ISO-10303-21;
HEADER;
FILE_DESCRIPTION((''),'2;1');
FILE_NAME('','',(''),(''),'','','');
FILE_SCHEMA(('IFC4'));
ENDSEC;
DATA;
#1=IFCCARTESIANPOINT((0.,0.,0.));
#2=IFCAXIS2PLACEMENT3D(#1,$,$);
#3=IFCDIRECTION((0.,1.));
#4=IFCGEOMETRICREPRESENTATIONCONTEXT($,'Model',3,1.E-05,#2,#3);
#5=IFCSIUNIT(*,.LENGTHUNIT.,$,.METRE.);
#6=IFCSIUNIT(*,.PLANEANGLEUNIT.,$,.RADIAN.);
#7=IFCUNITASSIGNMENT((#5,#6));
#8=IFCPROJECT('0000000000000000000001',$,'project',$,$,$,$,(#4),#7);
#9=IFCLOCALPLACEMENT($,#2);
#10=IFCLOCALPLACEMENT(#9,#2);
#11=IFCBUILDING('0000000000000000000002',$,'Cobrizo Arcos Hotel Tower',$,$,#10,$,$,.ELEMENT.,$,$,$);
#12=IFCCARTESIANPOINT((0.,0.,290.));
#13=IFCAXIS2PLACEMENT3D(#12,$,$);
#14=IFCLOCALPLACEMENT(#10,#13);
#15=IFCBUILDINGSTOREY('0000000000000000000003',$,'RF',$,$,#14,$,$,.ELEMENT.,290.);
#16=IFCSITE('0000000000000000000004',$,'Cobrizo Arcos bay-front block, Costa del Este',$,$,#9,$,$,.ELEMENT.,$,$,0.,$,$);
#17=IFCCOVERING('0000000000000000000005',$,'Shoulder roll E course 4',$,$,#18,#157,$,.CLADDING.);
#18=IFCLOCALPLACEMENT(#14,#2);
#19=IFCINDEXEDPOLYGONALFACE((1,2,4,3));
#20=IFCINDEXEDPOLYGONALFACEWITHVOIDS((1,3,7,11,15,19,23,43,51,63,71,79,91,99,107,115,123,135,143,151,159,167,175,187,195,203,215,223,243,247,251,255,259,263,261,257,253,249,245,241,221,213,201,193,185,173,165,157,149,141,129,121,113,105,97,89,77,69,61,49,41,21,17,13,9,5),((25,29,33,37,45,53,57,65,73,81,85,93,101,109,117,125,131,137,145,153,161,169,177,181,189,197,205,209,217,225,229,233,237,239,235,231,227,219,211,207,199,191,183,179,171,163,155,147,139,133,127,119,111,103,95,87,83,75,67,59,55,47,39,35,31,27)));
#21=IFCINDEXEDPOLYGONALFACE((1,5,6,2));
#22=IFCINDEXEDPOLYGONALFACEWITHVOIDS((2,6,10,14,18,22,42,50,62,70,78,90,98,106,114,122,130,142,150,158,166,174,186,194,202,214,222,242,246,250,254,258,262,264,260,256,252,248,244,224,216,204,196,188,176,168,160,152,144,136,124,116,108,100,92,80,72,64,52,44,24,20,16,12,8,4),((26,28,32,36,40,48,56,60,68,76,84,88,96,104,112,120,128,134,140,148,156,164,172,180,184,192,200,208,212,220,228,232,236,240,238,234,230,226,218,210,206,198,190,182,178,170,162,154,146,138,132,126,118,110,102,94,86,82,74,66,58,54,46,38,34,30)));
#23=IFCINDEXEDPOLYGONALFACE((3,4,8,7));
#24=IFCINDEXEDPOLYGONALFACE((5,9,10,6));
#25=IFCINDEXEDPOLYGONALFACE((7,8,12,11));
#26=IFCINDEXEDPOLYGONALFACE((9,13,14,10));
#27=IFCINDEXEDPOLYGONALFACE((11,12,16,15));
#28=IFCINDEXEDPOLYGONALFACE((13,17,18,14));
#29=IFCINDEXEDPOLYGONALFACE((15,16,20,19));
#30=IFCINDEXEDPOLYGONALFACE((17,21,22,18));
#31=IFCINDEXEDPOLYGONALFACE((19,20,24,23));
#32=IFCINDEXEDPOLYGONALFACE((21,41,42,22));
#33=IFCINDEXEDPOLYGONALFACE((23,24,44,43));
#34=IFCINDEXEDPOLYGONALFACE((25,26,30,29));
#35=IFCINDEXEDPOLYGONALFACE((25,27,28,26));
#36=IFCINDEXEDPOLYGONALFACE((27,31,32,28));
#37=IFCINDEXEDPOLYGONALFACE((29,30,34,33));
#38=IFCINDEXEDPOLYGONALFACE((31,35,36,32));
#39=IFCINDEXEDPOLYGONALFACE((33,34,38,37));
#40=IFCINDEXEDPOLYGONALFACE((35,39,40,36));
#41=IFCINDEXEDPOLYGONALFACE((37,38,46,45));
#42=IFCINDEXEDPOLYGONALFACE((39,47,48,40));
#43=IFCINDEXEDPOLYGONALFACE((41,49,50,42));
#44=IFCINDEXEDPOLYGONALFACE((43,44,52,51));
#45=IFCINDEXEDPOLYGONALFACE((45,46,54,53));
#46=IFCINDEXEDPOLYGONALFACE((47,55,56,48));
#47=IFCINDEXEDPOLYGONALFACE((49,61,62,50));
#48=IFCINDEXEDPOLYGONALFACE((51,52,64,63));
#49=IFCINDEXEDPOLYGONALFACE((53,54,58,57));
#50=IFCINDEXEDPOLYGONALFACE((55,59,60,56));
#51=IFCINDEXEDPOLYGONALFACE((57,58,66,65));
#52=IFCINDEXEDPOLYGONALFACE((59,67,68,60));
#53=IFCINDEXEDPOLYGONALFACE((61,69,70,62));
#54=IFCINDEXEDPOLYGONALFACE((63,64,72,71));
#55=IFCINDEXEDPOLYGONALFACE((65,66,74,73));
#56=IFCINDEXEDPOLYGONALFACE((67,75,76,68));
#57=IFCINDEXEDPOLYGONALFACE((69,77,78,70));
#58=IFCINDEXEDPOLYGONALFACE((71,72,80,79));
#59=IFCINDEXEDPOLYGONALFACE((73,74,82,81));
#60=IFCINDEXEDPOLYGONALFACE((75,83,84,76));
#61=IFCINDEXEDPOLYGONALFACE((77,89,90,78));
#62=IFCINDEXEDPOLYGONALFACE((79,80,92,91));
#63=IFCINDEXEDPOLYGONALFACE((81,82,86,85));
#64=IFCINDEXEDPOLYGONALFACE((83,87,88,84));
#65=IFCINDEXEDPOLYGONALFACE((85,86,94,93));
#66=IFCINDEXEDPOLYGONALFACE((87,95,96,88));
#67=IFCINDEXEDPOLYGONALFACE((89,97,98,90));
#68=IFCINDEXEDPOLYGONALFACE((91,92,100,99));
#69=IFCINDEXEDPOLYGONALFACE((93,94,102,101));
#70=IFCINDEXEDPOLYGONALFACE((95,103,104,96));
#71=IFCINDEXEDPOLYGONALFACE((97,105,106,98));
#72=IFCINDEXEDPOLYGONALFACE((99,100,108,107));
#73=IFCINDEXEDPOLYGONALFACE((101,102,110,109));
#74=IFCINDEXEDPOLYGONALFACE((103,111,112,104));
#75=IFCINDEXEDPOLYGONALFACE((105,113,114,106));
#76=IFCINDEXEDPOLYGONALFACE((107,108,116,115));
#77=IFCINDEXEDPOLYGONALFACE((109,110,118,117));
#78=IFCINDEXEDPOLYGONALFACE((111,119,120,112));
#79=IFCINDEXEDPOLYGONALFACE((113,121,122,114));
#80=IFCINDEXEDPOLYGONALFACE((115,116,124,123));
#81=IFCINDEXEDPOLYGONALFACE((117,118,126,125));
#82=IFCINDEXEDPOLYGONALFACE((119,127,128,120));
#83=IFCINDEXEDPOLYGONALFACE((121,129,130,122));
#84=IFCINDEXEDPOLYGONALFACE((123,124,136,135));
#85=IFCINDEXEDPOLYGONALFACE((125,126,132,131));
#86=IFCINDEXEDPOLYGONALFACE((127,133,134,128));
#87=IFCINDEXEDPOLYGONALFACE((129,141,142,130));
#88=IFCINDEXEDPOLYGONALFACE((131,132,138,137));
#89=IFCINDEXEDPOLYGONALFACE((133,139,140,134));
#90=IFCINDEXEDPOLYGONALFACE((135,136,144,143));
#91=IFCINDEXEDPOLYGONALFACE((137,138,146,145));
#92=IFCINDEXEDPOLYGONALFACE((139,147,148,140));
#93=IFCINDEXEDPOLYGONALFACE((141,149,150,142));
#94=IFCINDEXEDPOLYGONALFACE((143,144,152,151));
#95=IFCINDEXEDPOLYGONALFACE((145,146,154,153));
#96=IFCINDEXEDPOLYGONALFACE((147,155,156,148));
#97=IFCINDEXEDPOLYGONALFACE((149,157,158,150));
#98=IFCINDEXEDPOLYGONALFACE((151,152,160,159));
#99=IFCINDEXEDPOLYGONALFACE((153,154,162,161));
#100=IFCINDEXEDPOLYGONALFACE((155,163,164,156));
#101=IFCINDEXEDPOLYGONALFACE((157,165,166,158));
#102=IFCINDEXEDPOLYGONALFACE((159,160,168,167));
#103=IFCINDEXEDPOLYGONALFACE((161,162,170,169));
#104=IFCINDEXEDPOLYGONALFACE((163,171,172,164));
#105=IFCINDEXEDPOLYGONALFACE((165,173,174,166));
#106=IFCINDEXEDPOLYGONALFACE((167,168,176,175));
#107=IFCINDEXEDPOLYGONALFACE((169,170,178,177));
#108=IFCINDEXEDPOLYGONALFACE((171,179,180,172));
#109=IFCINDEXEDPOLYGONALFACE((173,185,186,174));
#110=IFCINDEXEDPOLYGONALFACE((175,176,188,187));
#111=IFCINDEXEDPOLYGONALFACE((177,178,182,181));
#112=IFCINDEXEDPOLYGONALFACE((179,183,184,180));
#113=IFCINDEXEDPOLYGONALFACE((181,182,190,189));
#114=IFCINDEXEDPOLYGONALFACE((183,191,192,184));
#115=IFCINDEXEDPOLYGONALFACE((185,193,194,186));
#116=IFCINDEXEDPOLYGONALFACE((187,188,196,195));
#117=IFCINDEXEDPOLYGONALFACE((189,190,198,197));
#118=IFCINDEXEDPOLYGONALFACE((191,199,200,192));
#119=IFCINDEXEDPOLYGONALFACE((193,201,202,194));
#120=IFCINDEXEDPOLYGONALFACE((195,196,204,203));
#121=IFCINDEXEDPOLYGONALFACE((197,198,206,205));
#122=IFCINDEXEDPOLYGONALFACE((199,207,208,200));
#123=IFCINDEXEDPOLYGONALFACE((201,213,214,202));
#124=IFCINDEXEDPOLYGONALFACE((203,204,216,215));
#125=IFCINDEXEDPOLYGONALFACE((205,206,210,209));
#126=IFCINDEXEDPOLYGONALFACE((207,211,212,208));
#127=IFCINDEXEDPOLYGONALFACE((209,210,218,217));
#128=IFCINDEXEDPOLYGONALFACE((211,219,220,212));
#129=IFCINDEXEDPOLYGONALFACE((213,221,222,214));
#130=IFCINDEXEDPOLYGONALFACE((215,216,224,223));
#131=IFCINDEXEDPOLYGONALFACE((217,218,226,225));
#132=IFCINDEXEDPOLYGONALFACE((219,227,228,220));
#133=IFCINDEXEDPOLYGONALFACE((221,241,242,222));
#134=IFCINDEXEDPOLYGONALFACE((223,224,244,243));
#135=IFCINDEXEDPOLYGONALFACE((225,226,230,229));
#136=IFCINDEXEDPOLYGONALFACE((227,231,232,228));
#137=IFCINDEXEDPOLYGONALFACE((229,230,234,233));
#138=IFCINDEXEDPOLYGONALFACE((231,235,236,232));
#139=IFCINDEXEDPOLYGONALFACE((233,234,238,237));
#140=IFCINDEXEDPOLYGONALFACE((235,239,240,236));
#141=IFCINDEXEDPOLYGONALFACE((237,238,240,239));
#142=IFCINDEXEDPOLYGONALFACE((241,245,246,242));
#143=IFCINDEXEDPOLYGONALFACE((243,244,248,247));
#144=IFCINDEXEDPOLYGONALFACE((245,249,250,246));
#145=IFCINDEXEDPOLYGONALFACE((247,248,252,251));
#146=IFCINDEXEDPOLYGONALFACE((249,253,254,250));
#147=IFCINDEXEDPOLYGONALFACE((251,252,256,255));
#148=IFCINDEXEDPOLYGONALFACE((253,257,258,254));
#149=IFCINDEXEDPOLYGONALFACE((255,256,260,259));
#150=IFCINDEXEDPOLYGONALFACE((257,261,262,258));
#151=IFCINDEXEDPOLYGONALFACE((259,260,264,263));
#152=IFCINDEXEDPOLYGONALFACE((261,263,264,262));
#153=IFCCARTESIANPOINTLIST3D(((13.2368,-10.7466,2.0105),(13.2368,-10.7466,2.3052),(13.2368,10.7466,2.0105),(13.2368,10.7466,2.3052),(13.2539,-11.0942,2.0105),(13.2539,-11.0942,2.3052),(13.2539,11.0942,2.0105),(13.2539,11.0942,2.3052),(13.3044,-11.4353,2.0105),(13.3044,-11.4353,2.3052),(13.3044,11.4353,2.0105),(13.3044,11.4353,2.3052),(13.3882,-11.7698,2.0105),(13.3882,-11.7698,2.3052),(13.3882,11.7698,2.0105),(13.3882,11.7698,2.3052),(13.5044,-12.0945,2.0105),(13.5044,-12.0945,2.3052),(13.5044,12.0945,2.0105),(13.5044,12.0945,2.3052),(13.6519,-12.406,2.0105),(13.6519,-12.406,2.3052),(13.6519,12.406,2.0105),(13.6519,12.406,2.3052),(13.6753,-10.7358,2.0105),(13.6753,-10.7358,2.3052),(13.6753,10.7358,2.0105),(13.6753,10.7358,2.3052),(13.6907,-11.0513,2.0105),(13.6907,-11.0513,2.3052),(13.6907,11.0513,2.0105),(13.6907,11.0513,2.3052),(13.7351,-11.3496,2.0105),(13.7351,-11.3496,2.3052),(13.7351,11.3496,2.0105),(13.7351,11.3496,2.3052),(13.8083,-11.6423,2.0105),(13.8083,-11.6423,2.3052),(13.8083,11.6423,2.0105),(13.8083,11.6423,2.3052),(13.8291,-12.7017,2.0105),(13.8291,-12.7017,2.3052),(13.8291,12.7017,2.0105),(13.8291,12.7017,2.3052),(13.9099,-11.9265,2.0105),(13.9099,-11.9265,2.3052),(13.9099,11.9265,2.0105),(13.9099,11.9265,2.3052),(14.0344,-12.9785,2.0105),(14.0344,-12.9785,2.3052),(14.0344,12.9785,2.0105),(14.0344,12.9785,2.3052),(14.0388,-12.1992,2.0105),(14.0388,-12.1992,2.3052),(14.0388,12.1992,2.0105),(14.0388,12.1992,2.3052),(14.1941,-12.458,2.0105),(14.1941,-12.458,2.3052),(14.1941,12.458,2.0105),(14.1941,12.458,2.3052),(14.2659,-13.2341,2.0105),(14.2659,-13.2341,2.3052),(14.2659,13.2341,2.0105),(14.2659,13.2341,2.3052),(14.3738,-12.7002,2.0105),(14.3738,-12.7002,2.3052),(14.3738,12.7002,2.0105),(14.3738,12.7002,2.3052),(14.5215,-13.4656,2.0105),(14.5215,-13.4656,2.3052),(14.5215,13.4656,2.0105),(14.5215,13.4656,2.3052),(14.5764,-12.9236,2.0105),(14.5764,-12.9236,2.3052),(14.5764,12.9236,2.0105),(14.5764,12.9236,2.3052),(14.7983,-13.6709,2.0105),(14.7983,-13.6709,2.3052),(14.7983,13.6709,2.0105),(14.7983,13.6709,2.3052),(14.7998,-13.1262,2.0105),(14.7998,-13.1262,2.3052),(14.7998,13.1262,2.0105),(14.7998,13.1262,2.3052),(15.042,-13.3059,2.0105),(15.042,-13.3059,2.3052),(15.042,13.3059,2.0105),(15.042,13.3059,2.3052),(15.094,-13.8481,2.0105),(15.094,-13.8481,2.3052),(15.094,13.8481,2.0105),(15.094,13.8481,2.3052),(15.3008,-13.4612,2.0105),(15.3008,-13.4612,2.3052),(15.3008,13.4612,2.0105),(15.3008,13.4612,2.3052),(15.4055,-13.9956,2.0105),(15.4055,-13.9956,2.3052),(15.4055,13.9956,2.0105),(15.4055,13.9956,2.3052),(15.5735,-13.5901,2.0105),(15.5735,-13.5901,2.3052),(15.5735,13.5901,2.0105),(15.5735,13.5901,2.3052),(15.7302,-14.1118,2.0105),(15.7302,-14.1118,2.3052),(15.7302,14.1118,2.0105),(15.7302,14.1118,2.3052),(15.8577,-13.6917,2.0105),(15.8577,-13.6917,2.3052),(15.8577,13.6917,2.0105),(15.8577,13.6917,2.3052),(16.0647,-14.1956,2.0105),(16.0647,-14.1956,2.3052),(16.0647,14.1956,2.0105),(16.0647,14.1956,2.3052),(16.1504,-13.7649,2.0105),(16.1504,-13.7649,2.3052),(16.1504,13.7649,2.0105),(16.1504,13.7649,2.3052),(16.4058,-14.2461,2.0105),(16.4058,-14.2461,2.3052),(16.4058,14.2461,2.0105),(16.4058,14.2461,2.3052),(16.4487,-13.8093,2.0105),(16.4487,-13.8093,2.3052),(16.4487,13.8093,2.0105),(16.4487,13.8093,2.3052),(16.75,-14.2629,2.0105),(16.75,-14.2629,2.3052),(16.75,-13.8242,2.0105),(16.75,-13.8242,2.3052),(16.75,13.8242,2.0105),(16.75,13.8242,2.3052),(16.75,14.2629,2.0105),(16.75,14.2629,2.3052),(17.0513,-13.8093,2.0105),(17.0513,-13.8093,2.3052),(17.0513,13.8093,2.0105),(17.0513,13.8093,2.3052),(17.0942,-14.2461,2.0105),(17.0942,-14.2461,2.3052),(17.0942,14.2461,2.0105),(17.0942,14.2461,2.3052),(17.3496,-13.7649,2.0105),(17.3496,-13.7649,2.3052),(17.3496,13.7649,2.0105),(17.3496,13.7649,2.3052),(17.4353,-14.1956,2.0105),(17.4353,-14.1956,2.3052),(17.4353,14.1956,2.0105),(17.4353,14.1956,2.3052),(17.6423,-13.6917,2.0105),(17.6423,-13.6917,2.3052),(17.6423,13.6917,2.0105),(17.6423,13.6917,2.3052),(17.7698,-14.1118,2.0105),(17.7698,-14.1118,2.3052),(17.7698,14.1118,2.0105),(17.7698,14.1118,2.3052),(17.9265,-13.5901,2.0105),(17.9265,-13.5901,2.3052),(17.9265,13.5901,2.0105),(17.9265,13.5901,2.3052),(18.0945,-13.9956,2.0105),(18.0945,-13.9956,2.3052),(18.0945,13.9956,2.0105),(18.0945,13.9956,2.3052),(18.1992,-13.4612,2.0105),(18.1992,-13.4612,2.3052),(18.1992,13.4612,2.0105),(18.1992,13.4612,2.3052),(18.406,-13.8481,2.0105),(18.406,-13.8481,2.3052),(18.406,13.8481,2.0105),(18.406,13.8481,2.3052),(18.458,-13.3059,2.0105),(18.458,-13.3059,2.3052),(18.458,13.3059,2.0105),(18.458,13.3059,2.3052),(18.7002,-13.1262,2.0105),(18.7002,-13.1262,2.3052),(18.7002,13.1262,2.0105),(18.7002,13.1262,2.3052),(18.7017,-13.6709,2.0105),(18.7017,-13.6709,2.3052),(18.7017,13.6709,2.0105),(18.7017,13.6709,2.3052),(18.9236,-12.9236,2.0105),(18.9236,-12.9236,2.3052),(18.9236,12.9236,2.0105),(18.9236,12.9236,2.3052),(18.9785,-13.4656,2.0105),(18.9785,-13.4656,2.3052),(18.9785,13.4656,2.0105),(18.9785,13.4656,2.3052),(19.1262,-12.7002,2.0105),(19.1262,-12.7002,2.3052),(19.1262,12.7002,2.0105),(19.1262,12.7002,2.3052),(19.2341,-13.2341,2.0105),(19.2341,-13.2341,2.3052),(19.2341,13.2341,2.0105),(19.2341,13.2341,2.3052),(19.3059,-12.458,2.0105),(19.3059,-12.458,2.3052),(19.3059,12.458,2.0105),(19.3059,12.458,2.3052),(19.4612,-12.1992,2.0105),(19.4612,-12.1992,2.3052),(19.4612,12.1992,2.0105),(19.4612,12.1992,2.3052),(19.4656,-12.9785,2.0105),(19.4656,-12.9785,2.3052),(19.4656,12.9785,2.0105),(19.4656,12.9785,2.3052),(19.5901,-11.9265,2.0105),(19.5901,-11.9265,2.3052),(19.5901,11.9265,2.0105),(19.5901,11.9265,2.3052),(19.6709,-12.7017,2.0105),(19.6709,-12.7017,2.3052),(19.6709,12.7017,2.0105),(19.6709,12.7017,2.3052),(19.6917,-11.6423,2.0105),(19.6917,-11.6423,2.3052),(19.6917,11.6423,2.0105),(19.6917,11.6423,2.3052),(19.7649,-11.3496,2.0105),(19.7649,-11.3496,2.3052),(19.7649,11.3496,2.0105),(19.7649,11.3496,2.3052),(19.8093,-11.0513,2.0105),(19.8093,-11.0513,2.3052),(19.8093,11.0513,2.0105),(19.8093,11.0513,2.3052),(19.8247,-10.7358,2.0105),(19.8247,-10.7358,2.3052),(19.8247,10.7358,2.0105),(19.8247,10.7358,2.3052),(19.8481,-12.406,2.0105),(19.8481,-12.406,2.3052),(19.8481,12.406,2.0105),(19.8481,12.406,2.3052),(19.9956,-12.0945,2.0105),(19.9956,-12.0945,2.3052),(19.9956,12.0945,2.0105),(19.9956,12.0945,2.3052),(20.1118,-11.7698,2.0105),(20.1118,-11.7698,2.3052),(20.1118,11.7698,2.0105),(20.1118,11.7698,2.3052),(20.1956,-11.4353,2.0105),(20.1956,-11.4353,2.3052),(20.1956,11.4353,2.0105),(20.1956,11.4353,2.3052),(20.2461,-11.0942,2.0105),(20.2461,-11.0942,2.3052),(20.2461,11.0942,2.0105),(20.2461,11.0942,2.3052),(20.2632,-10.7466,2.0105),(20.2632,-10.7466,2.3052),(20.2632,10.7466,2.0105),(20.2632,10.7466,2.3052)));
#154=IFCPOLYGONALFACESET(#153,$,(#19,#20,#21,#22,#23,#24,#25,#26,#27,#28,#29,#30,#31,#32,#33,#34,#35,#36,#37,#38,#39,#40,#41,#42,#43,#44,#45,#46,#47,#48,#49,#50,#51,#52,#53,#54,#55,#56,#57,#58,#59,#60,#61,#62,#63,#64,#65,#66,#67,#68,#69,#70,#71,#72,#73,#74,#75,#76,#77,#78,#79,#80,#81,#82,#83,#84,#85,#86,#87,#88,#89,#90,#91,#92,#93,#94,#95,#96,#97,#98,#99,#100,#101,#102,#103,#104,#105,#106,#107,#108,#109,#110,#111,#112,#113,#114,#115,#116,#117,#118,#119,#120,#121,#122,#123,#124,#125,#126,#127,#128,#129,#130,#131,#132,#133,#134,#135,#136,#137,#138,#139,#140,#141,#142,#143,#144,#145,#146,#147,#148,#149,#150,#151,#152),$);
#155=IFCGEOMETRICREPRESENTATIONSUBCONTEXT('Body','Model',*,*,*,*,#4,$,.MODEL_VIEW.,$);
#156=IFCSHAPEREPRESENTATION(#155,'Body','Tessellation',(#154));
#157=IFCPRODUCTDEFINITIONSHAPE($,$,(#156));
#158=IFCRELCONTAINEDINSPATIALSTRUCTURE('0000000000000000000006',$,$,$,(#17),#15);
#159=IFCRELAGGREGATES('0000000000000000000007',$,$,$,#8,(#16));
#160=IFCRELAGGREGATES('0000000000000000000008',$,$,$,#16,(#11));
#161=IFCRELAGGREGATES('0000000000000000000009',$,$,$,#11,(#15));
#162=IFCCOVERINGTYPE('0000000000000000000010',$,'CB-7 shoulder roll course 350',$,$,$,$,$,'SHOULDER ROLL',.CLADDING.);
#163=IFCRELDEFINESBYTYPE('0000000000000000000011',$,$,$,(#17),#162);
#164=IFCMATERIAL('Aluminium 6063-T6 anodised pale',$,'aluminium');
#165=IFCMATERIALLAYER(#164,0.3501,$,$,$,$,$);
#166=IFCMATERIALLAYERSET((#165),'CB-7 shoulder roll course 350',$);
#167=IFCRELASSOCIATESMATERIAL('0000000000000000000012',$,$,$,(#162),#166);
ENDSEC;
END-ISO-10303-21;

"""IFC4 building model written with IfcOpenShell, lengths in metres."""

from ifc_helpers import new_model, si_unit, direction, frame, origin, place, context, subcontext, project, spatial, polyline, outline, extrude, material, layer, layer_set, type_object, element, save


model = new_model("IFC4")

# Units and contexts
model_context = context("Model", 3, precision=1e-05, world=origin(), true_north=direction((0.0, 1.0)))
body_context = subcontext(model_context, "Body", "Model", "MODEL_VIEW")
ifc_project = project(units=[si_unit("LENGTHUNIT", "METRE"), si_unit("PLANEANGLEUNIT", "RADIAN")], contexts=[model_context])

# Site, building, storey
site_placement = place(None, origin())
site = spatial("IfcSite", under=ifc_project, at=site_placement, Name="Cobrizo Arcos bay-front block, Costa del Este", CompositionType="ELEMENT", RefElevation=0.0)
building_placement = place(site_placement, origin())
building = spatial("IfcBuilding", under=site, at=building_placement, Name="Cobrizo Arcos Hotel Tower", CompositionType="ELEMENT")
storey_placement = place(building_placement, frame((0.0, 0.0, 290.0)))
storey = spatial("IfcBuildingStorey", under=building, at=storey_placement, Name="RF", CompositionType="ELEMENT", Elevation=290.0)

# Covering
ifc_material_1 = material(Name="Aluminium 6063-T6 anodised pale", Category="aluminium")
ifc_layer_1 = layer(ifc_material_1, 0.3501)
ifc_layer_set_1 = layer_set([ifc_layer_1], Name="CB-7 shoulder roll course 350")
covering_type_1 = type_object("IfcCoveringType", Name="CB-7 shoulder roll course 350", ElementType="SHOULDER ROLL", PredefinedType="CLADDING", material=ifc_layer_set_1)
covering_1_placement = place(storey_placement, frame((0.0, 0.0, 2.0105)))
element("IfcCovering", 1, at=covering_1_placement, inside=storey, type_object=covering_type_1, Name="Shoulder roll E course 4", PredefinedType="CLADDING", context=body_context, shape_type="SweptSolid", body=[
    extrude(outline(polyline([(13.2368, 10.7466), (13.2539, 11.0942), (13.3044, 11.4353), (13.3882, 11.7698), (13.5044, 12.0945), (13.6519, 12.406), (13.8291, 12.7017), (14.0344, 12.9785), (14.2659, 13.2341), (14.5215, 13.4656), (14.7983, 13.6709), (15.094, 13.8481), (15.4055, 13.9956), (15.7302, 14.1118), (16.0647, 14.1956), (16.4058, 14.2461), (16.75, 14.2629), (17.0942, 14.2461), (17.4353, 14.1956), (17.7698, 14.1118), (18.0945, 13.9956), (18.406, 13.8481), (18.7017, 13.6709), (18.9785, 13.4656), (19.2341, 13.2341), (19.4656, 12.9785), (19.6709, 12.7017), (19.8481, 12.406), (19.9956, 12.0945), (20.1118, 11.7698), (20.1956, 11.4353), (20.2461, 11.0942), (20.2632, 10.7466), (20.2632, -10.7466), (20.2461, -11.0942), (20.1956, -11.4353), (20.1118, -11.7698), (19.9956, -12.0945), (19.8481, -12.406), (19.6709, -12.7017), (19.4656, -12.9785), (19.2341, -13.2341), (18.9785, -13.4656), (18.7017, -13.6709), (18.406, -13.8481), (18.0945, -13.9956), (17.7698, -14.1118), (17.4353, -14.1956), (17.0942, -14.2461), (16.75, -14.2629), (16.4058, -14.2461), (16.0647, -14.1956), (15.7302, -14.1118), (15.4055, -13.9956), (15.094, -13.8481), (14.7983, -13.6709), (14.5215, -13.4656), (14.2659, -13.2341), (14.0344, -12.9785), (13.8291, -12.7017), (13.6519, -12.406), (13.5044, -12.0945), (13.3882, -11.7698), (13.3044, -11.4353), (13.2539, -11.0942), (13.2368, -10.7466), (13.2368, 10.7466)]), holes=[polyline([(13.6753, 10.7358), (13.6907, 11.0513), (13.7351, 11.3496), (13.8083, 11.6423), (13.9099, 11.9265), (14.0388, 12.1992), (14.1941, 12.458), (14.3738, 12.7002), (14.5764, 12.9236), (14.7998, 13.1262), (15.042, 13.3059), (15.3008, 13.4612), (15.5735, 13.5901), (15.8577, 13.6917), (16.1504, 13.7649), (16.4487, 13.8093), (16.75, 13.8242), (17.0513, 13.8093), (17.3496, 13.7649), (17.6423, 13.6917), (17.9265, 13.5901), (18.1992, 13.4612), (18.458, 13.3059), (18.7002, 13.1262), (18.9236, 12.9236), (19.1262, 12.7002), (19.3059, 12.458), (19.4612, 12.1992), (19.5901, 11.9265), (19.6917, 11.6423), (19.7649, 11.3496), (19.8093, 11.0513), (19.8247, 10.7358), (19.8247, -10.7358), (19.8093, -11.0513), (19.7649, -11.3496), (19.6917, -11.6423), (19.5901, -11.9265), (19.4612, -12.1992), (19.3059, -12.458), (19.1262, -12.7002), (18.9236, -12.9236), (18.7002, -13.1262), (18.458, -13.3059), (18.1992, -13.4612), (17.9265, -13.5901), (17.6423, -13.6917), (17.3496, -13.7649), (17.0513, -13.8093), (16.75, -13.8242), (16.4487, -13.8093), (16.1504, -13.7649), (15.8577, -13.6917), (15.5735, -13.5901), (15.3008, -13.4612), (15.042, -13.3059), (14.7998, -13.1262), (14.5764, -12.9236), (14.3738, -12.7002), (14.1941, -12.458), (14.0388, -12.1992), (13.9099, -11.9265), (13.8083, -11.6423), (13.7351, -11.3496), (13.6907, -11.0513), (13.6753, -10.7358), (13.6753, 10.7358)])]), origin(), (0.0, 0.0, 1.0), 0.2947),
])

save(model, "model.ifc")
